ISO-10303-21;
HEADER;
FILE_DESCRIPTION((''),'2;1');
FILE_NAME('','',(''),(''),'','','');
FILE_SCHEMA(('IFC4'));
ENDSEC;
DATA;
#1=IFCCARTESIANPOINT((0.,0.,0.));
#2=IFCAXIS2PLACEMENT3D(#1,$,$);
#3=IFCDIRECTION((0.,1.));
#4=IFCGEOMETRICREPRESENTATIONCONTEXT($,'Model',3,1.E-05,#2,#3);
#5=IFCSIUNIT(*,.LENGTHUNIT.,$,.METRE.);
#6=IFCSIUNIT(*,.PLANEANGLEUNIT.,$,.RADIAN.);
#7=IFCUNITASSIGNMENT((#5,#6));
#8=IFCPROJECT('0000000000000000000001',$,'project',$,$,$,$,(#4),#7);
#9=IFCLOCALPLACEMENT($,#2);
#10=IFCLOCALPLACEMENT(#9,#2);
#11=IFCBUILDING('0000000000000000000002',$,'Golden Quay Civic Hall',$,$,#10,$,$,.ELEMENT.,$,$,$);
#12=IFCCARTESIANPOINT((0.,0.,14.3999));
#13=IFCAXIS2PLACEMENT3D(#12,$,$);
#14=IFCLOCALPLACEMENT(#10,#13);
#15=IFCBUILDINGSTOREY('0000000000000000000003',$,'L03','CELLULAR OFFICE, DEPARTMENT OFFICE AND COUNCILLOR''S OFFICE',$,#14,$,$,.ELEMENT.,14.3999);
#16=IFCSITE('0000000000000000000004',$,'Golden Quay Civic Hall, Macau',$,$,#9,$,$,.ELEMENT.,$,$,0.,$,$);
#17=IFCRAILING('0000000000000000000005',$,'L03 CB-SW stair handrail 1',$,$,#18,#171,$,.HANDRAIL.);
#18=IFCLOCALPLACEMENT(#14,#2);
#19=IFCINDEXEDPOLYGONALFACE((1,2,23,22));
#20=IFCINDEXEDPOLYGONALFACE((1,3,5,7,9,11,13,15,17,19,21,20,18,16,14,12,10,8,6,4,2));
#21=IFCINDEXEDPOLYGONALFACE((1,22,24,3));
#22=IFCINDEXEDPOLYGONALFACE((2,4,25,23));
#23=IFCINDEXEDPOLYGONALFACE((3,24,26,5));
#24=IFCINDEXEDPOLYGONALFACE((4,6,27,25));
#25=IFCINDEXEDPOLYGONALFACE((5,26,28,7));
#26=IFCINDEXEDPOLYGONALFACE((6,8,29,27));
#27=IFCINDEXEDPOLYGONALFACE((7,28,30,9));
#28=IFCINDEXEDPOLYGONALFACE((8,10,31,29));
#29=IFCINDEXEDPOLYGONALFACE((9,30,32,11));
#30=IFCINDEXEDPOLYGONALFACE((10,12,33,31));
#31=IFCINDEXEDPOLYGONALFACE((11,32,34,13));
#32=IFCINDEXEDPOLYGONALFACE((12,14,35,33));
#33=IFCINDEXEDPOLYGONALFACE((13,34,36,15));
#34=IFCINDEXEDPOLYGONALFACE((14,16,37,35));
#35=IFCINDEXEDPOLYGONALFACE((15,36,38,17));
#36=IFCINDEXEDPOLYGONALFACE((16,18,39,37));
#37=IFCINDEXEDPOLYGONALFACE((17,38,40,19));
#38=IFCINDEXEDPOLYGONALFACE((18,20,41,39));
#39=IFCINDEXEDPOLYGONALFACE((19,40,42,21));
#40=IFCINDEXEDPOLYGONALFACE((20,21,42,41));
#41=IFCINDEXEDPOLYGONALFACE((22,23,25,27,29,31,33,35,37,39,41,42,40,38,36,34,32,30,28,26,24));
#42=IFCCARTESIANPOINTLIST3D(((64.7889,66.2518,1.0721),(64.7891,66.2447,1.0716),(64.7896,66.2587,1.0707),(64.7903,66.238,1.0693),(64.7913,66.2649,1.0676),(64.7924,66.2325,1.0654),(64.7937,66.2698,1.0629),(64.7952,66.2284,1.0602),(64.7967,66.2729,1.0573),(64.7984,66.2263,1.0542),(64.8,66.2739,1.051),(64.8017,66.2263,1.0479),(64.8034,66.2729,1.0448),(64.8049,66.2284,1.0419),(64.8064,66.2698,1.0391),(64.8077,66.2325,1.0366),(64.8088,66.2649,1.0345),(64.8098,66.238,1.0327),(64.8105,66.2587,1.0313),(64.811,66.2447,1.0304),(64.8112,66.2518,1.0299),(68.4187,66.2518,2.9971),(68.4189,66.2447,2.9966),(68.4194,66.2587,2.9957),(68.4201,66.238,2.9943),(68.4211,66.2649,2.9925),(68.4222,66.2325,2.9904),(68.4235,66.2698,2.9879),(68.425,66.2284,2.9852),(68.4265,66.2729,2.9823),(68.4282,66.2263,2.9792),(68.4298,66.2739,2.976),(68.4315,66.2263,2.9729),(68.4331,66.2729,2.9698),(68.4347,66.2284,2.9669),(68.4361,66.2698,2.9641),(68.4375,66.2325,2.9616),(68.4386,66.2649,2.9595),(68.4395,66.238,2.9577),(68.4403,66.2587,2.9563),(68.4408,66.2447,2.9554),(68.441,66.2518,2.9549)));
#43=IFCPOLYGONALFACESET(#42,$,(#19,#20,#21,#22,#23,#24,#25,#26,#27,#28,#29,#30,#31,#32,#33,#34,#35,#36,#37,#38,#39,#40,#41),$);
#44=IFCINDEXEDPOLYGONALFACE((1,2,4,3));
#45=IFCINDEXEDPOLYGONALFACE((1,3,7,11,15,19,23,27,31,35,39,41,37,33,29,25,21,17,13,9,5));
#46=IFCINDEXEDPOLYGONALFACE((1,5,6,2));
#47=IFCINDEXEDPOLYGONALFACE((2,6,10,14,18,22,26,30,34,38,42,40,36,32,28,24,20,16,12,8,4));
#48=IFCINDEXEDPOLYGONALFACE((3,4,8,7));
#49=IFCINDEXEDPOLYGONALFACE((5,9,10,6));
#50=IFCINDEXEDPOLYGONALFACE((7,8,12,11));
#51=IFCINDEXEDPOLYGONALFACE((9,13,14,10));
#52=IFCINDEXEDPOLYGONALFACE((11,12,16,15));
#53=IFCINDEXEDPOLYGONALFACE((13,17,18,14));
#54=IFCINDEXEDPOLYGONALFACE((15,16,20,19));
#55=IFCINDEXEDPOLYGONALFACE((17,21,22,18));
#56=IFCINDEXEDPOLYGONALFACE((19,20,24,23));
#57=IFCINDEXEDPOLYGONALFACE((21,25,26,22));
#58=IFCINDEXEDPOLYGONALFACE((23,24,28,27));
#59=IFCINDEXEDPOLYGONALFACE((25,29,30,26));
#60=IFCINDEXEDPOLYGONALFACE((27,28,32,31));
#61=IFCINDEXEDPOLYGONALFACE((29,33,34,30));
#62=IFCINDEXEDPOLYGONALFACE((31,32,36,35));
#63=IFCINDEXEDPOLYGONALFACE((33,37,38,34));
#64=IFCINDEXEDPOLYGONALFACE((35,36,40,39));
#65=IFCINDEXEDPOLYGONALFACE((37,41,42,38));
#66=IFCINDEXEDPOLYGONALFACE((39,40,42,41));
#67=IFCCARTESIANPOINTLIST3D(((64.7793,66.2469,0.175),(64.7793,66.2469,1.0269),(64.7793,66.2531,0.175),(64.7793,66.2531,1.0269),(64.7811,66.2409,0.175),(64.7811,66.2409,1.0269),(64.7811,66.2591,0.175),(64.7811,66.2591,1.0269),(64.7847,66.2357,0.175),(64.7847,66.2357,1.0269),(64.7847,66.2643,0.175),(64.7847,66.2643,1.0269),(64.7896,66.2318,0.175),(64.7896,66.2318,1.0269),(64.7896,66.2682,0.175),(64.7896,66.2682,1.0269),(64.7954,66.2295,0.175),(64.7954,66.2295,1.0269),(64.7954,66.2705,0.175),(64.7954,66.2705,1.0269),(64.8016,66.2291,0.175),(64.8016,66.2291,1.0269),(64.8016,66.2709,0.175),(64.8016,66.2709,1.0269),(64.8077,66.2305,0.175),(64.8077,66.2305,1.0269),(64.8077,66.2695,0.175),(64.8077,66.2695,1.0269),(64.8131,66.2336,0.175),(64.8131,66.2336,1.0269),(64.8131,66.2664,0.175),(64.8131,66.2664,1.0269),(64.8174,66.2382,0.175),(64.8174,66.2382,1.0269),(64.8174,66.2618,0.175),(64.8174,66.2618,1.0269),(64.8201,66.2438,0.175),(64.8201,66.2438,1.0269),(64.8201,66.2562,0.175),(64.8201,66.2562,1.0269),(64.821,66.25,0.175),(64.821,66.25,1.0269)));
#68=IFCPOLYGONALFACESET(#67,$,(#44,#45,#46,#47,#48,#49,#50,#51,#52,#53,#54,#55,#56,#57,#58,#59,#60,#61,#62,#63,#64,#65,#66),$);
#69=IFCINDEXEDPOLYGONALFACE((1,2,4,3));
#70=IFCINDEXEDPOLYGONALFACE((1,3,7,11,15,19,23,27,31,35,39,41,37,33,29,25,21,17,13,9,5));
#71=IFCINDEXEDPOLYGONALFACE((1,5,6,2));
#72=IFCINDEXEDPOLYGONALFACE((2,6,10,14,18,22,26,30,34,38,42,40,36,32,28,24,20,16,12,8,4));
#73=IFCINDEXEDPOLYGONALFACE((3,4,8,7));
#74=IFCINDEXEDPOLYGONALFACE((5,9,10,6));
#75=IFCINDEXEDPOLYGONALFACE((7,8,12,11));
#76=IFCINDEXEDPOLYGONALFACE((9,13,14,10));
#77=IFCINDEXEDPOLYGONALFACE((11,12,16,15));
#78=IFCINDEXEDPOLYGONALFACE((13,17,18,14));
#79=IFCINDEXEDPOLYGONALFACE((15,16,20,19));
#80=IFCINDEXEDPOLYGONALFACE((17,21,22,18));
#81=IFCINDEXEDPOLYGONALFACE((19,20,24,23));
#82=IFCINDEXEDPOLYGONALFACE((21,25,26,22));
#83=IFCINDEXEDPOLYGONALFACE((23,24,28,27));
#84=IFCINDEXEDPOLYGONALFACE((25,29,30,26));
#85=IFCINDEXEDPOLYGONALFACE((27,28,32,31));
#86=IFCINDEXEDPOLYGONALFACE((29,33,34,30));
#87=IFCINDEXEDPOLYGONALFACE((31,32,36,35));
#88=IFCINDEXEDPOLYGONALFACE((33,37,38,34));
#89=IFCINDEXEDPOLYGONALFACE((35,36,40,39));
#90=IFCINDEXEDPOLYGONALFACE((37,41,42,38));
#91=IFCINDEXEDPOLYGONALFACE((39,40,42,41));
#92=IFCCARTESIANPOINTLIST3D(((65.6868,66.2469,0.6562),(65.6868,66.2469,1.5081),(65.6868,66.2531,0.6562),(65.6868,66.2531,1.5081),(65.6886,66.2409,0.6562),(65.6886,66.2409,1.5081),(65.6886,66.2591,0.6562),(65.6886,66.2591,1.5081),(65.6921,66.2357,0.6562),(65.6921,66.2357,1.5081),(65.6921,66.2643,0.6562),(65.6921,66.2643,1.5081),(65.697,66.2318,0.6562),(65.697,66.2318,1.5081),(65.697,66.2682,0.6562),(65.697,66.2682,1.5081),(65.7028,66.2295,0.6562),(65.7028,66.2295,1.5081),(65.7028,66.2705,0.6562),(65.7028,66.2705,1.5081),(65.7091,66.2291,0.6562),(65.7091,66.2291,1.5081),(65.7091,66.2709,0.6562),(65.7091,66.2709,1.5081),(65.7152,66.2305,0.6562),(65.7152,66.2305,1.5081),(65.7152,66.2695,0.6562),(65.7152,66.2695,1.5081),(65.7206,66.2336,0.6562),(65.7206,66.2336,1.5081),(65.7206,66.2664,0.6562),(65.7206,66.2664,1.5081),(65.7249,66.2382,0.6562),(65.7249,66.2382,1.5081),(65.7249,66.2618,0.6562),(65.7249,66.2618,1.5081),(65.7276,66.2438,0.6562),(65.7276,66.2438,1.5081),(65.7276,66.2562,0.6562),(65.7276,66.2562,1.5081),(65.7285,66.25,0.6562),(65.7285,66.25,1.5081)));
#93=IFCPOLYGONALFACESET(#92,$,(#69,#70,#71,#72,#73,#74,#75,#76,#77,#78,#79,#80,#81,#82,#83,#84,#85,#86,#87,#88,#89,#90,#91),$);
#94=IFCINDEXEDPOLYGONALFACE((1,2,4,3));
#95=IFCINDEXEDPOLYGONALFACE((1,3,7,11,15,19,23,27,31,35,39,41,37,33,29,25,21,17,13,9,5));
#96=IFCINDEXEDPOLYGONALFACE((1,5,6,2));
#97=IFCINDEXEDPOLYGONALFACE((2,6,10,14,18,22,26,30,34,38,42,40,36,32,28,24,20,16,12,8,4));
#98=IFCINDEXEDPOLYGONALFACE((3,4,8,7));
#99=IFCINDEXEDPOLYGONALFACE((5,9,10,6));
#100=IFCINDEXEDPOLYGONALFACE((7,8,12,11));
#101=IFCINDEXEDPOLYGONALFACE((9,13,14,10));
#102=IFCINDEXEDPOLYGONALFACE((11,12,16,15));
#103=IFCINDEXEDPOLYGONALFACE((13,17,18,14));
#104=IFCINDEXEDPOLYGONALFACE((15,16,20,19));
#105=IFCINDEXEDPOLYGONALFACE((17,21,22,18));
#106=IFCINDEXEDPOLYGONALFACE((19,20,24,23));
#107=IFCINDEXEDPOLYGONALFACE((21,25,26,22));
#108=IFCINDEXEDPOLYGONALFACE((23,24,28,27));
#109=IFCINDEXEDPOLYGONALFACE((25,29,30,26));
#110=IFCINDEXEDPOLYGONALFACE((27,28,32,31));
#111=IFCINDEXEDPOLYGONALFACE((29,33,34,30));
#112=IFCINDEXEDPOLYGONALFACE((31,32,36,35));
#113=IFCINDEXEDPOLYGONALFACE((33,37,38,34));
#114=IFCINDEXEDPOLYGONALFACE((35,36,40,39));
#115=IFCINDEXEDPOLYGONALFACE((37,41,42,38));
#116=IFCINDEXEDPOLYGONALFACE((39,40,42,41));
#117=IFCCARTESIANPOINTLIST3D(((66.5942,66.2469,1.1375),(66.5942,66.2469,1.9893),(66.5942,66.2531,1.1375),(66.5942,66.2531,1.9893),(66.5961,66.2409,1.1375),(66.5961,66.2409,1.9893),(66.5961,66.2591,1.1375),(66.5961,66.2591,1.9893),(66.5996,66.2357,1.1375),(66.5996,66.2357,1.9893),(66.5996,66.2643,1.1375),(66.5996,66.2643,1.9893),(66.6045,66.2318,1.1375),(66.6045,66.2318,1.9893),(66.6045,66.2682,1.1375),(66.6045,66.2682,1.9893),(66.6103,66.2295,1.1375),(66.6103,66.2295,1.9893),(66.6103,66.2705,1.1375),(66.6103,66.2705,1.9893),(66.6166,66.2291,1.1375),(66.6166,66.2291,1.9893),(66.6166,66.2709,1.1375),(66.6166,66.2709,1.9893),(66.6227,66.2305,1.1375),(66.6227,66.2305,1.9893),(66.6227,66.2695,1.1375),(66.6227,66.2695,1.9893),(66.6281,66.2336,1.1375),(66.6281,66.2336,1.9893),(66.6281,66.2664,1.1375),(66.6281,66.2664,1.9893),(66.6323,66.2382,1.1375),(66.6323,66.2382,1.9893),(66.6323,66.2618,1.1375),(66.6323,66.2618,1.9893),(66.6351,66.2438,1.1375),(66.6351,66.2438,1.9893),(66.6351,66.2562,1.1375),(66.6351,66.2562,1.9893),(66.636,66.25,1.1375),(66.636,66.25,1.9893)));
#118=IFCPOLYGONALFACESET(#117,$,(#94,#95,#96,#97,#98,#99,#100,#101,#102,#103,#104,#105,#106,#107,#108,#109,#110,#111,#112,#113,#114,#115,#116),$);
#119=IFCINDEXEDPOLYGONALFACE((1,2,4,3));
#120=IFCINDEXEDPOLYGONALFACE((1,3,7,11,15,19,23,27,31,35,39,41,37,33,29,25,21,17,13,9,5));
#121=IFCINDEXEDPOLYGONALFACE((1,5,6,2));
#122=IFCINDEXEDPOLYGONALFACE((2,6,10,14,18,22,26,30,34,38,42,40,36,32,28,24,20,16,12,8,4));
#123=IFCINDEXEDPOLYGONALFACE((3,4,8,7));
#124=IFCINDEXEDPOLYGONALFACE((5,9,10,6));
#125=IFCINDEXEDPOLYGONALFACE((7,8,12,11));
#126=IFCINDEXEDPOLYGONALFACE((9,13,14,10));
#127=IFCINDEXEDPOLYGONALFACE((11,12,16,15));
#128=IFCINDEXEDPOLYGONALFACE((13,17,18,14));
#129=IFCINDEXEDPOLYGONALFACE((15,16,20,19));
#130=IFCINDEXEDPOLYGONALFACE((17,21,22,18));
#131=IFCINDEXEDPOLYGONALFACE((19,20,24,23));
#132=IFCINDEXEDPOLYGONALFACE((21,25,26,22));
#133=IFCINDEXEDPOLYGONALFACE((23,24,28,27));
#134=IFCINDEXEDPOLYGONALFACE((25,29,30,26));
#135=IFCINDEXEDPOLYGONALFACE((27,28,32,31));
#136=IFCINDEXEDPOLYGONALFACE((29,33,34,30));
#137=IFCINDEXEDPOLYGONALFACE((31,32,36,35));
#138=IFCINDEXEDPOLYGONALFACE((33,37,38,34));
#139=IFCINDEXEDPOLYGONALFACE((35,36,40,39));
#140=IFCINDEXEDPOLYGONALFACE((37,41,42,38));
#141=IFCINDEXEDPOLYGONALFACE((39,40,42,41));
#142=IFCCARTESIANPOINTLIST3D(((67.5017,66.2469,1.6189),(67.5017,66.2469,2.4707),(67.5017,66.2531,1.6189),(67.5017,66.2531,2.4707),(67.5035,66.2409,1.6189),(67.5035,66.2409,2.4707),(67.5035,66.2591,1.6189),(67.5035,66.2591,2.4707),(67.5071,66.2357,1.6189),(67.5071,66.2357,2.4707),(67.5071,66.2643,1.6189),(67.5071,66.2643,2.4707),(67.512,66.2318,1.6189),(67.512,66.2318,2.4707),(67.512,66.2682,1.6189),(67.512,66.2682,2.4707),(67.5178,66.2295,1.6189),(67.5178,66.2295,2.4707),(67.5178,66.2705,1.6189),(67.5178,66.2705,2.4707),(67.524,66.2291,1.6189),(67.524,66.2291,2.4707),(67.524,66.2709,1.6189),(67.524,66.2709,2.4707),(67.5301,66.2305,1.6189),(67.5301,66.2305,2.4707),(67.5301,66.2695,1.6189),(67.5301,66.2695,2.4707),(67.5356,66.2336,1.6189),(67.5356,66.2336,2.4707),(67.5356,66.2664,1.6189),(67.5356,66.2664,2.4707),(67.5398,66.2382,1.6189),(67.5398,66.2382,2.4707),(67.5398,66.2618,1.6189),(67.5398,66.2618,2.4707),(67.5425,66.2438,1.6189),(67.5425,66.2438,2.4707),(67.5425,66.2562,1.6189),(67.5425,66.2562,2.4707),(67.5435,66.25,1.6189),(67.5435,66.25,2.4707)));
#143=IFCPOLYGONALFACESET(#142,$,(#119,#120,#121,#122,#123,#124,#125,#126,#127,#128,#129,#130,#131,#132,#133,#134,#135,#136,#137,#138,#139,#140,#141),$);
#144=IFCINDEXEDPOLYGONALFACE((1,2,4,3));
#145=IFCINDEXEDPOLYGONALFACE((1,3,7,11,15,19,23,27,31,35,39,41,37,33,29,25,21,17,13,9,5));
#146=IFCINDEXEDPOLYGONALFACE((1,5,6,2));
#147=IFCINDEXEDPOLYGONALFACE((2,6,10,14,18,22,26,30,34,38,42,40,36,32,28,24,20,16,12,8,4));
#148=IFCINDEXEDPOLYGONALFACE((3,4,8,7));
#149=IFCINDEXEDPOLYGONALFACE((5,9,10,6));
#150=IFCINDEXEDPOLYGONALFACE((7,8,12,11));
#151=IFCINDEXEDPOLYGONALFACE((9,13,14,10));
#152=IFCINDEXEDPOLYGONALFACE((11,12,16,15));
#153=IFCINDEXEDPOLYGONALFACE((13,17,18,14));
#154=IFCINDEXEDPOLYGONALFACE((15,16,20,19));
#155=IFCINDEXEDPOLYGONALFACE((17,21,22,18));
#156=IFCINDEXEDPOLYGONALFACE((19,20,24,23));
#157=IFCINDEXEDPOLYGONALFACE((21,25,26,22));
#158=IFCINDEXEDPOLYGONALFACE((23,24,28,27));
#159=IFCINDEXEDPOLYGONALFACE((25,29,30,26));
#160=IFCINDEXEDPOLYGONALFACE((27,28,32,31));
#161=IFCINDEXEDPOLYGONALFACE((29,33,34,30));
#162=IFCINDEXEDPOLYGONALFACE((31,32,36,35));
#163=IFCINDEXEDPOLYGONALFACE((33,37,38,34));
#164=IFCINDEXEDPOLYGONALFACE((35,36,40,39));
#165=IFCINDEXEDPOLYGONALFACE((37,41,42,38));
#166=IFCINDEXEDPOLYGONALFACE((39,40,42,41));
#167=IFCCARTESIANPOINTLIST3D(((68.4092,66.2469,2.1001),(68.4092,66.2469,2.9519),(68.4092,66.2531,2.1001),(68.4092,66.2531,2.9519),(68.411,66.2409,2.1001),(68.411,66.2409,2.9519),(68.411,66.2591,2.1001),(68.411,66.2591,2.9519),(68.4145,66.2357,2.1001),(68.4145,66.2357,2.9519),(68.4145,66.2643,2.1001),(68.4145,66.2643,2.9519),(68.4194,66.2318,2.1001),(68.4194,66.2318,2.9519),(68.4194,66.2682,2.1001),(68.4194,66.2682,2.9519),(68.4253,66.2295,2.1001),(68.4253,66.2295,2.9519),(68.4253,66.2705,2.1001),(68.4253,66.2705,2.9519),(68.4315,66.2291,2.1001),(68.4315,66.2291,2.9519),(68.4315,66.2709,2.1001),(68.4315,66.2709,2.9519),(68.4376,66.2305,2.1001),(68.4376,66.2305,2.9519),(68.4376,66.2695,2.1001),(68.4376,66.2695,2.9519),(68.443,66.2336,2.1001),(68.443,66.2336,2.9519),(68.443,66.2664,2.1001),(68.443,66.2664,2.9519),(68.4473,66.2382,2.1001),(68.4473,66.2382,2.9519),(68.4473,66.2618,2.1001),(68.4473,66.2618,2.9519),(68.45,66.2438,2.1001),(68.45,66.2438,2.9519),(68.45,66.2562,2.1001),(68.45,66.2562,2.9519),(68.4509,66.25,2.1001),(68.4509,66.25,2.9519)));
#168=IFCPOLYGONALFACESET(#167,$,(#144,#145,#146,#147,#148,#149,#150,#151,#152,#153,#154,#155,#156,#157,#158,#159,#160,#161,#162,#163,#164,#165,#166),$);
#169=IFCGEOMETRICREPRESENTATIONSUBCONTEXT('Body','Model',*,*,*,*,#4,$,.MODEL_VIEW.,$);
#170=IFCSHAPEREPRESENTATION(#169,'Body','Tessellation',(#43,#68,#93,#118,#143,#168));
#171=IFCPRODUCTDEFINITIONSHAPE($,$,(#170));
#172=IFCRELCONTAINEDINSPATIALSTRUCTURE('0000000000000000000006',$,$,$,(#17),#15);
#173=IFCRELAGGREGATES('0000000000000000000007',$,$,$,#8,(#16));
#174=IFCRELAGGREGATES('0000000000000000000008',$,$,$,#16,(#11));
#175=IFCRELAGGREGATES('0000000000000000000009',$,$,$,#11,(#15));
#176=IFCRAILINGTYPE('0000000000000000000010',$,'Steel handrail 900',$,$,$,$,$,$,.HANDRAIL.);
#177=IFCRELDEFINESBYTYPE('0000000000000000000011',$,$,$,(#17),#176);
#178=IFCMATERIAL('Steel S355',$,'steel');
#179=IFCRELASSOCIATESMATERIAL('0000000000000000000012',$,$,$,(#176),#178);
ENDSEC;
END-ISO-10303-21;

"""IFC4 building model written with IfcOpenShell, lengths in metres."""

from ifc_helpers import new_model, si_unit, direction, frame, origin, origin_2d, place, context, subcontext, project, spatial, circle, extrude, material, type_object, element, save


model = new_model("IFC4")

# Units and contexts
model_context = context("Model", 3, precision=1e-05, world=origin(), true_north=direction((0.0, 1.0)))
body_context = subcontext(model_context, "Body", "Model", "MODEL_VIEW")
ifc_project = project(units=[si_unit("LENGTHUNIT", "METRE"), si_unit("PLANEANGLEUNIT", "RADIAN")], contexts=[model_context])

# Site, building, storey
site_placement = place(None, origin())
site = spatial("IfcSite", under=ifc_project, at=site_placement, Name="Golden Quay Civic Hall, Macau", CompositionType="ELEMENT", RefElevation=0.0)
building_placement = place(site_placement, origin())
building = spatial("IfcBuilding", under=site, at=building_placement, Name="Golden Quay Civic Hall", CompositionType="ELEMENT")
storey_placement = place(building_placement, frame((0.0, 0.0, 14.3999)))
storey = spatial("IfcBuildingStorey", under=building, at=storey_placement, Name="L03", Description="CELLULAR OFFICE, DEPARTMENT OFFICE AND COUNCILLOR'S OFFICE", CompositionType="ELEMENT", Elevation=14.3999)

# Railing
ifc_material_1 = material(Name="Steel S355", Category="steel")
railing_type_1 = type_object("IfcRailingType", Name="Steel handrail 900", PredefinedType="HANDRAIL", material=ifc_material_1)
railing_1_placement = place(storey_placement, frame((64.8, 66.25, 0.175)))
element("IfcRailing", 1, at=railing_1_placement, inside=storey, type_object=railing_type_1, Name="L03 CB-SW stair handrail 1", PredefinedType="HANDRAIL", context=body_context, shape_type="SweptSolid", body=[
    extrude(circle(Radius=0.0239, at=origin_2d()), frame((0.0, 0.0, 0.876), z_axis=(0.883451, 0.0, 0.468524), x_axis=(0.0, 1.0, 0.0)), (0.0, 0.0, 1.0), 4.1086),
    extrude(circle(Radius=0.021, at=origin_2d()), origin(), (0.0, 0.0, 1.0), 0.8518),
    extrude(circle(Radius=0.021, at=origin_2d()), frame((0.9075, 0.0, 0.4812)), (0.0, 0.0, 1.0), 0.8518),
    extrude(circle(Radius=0.021, at=origin_2d()), frame((1.8149, 0.0, 0.9624)), (0.0, 0.0, 1.0), 0.8518),
    extrude(circle(Radius=0.021, at=origin_2d()), frame((2.7224, 0.0, 1.4438)), (0.0, 0.0, 1.0), 0.8518),
    extrude(circle(Radius=0.021, at=origin_2d()), frame((3.6299, 0.0, 1.925)), (0.0, 0.0, 1.0), 0.8518),
])

save(model, "model.ifc")
